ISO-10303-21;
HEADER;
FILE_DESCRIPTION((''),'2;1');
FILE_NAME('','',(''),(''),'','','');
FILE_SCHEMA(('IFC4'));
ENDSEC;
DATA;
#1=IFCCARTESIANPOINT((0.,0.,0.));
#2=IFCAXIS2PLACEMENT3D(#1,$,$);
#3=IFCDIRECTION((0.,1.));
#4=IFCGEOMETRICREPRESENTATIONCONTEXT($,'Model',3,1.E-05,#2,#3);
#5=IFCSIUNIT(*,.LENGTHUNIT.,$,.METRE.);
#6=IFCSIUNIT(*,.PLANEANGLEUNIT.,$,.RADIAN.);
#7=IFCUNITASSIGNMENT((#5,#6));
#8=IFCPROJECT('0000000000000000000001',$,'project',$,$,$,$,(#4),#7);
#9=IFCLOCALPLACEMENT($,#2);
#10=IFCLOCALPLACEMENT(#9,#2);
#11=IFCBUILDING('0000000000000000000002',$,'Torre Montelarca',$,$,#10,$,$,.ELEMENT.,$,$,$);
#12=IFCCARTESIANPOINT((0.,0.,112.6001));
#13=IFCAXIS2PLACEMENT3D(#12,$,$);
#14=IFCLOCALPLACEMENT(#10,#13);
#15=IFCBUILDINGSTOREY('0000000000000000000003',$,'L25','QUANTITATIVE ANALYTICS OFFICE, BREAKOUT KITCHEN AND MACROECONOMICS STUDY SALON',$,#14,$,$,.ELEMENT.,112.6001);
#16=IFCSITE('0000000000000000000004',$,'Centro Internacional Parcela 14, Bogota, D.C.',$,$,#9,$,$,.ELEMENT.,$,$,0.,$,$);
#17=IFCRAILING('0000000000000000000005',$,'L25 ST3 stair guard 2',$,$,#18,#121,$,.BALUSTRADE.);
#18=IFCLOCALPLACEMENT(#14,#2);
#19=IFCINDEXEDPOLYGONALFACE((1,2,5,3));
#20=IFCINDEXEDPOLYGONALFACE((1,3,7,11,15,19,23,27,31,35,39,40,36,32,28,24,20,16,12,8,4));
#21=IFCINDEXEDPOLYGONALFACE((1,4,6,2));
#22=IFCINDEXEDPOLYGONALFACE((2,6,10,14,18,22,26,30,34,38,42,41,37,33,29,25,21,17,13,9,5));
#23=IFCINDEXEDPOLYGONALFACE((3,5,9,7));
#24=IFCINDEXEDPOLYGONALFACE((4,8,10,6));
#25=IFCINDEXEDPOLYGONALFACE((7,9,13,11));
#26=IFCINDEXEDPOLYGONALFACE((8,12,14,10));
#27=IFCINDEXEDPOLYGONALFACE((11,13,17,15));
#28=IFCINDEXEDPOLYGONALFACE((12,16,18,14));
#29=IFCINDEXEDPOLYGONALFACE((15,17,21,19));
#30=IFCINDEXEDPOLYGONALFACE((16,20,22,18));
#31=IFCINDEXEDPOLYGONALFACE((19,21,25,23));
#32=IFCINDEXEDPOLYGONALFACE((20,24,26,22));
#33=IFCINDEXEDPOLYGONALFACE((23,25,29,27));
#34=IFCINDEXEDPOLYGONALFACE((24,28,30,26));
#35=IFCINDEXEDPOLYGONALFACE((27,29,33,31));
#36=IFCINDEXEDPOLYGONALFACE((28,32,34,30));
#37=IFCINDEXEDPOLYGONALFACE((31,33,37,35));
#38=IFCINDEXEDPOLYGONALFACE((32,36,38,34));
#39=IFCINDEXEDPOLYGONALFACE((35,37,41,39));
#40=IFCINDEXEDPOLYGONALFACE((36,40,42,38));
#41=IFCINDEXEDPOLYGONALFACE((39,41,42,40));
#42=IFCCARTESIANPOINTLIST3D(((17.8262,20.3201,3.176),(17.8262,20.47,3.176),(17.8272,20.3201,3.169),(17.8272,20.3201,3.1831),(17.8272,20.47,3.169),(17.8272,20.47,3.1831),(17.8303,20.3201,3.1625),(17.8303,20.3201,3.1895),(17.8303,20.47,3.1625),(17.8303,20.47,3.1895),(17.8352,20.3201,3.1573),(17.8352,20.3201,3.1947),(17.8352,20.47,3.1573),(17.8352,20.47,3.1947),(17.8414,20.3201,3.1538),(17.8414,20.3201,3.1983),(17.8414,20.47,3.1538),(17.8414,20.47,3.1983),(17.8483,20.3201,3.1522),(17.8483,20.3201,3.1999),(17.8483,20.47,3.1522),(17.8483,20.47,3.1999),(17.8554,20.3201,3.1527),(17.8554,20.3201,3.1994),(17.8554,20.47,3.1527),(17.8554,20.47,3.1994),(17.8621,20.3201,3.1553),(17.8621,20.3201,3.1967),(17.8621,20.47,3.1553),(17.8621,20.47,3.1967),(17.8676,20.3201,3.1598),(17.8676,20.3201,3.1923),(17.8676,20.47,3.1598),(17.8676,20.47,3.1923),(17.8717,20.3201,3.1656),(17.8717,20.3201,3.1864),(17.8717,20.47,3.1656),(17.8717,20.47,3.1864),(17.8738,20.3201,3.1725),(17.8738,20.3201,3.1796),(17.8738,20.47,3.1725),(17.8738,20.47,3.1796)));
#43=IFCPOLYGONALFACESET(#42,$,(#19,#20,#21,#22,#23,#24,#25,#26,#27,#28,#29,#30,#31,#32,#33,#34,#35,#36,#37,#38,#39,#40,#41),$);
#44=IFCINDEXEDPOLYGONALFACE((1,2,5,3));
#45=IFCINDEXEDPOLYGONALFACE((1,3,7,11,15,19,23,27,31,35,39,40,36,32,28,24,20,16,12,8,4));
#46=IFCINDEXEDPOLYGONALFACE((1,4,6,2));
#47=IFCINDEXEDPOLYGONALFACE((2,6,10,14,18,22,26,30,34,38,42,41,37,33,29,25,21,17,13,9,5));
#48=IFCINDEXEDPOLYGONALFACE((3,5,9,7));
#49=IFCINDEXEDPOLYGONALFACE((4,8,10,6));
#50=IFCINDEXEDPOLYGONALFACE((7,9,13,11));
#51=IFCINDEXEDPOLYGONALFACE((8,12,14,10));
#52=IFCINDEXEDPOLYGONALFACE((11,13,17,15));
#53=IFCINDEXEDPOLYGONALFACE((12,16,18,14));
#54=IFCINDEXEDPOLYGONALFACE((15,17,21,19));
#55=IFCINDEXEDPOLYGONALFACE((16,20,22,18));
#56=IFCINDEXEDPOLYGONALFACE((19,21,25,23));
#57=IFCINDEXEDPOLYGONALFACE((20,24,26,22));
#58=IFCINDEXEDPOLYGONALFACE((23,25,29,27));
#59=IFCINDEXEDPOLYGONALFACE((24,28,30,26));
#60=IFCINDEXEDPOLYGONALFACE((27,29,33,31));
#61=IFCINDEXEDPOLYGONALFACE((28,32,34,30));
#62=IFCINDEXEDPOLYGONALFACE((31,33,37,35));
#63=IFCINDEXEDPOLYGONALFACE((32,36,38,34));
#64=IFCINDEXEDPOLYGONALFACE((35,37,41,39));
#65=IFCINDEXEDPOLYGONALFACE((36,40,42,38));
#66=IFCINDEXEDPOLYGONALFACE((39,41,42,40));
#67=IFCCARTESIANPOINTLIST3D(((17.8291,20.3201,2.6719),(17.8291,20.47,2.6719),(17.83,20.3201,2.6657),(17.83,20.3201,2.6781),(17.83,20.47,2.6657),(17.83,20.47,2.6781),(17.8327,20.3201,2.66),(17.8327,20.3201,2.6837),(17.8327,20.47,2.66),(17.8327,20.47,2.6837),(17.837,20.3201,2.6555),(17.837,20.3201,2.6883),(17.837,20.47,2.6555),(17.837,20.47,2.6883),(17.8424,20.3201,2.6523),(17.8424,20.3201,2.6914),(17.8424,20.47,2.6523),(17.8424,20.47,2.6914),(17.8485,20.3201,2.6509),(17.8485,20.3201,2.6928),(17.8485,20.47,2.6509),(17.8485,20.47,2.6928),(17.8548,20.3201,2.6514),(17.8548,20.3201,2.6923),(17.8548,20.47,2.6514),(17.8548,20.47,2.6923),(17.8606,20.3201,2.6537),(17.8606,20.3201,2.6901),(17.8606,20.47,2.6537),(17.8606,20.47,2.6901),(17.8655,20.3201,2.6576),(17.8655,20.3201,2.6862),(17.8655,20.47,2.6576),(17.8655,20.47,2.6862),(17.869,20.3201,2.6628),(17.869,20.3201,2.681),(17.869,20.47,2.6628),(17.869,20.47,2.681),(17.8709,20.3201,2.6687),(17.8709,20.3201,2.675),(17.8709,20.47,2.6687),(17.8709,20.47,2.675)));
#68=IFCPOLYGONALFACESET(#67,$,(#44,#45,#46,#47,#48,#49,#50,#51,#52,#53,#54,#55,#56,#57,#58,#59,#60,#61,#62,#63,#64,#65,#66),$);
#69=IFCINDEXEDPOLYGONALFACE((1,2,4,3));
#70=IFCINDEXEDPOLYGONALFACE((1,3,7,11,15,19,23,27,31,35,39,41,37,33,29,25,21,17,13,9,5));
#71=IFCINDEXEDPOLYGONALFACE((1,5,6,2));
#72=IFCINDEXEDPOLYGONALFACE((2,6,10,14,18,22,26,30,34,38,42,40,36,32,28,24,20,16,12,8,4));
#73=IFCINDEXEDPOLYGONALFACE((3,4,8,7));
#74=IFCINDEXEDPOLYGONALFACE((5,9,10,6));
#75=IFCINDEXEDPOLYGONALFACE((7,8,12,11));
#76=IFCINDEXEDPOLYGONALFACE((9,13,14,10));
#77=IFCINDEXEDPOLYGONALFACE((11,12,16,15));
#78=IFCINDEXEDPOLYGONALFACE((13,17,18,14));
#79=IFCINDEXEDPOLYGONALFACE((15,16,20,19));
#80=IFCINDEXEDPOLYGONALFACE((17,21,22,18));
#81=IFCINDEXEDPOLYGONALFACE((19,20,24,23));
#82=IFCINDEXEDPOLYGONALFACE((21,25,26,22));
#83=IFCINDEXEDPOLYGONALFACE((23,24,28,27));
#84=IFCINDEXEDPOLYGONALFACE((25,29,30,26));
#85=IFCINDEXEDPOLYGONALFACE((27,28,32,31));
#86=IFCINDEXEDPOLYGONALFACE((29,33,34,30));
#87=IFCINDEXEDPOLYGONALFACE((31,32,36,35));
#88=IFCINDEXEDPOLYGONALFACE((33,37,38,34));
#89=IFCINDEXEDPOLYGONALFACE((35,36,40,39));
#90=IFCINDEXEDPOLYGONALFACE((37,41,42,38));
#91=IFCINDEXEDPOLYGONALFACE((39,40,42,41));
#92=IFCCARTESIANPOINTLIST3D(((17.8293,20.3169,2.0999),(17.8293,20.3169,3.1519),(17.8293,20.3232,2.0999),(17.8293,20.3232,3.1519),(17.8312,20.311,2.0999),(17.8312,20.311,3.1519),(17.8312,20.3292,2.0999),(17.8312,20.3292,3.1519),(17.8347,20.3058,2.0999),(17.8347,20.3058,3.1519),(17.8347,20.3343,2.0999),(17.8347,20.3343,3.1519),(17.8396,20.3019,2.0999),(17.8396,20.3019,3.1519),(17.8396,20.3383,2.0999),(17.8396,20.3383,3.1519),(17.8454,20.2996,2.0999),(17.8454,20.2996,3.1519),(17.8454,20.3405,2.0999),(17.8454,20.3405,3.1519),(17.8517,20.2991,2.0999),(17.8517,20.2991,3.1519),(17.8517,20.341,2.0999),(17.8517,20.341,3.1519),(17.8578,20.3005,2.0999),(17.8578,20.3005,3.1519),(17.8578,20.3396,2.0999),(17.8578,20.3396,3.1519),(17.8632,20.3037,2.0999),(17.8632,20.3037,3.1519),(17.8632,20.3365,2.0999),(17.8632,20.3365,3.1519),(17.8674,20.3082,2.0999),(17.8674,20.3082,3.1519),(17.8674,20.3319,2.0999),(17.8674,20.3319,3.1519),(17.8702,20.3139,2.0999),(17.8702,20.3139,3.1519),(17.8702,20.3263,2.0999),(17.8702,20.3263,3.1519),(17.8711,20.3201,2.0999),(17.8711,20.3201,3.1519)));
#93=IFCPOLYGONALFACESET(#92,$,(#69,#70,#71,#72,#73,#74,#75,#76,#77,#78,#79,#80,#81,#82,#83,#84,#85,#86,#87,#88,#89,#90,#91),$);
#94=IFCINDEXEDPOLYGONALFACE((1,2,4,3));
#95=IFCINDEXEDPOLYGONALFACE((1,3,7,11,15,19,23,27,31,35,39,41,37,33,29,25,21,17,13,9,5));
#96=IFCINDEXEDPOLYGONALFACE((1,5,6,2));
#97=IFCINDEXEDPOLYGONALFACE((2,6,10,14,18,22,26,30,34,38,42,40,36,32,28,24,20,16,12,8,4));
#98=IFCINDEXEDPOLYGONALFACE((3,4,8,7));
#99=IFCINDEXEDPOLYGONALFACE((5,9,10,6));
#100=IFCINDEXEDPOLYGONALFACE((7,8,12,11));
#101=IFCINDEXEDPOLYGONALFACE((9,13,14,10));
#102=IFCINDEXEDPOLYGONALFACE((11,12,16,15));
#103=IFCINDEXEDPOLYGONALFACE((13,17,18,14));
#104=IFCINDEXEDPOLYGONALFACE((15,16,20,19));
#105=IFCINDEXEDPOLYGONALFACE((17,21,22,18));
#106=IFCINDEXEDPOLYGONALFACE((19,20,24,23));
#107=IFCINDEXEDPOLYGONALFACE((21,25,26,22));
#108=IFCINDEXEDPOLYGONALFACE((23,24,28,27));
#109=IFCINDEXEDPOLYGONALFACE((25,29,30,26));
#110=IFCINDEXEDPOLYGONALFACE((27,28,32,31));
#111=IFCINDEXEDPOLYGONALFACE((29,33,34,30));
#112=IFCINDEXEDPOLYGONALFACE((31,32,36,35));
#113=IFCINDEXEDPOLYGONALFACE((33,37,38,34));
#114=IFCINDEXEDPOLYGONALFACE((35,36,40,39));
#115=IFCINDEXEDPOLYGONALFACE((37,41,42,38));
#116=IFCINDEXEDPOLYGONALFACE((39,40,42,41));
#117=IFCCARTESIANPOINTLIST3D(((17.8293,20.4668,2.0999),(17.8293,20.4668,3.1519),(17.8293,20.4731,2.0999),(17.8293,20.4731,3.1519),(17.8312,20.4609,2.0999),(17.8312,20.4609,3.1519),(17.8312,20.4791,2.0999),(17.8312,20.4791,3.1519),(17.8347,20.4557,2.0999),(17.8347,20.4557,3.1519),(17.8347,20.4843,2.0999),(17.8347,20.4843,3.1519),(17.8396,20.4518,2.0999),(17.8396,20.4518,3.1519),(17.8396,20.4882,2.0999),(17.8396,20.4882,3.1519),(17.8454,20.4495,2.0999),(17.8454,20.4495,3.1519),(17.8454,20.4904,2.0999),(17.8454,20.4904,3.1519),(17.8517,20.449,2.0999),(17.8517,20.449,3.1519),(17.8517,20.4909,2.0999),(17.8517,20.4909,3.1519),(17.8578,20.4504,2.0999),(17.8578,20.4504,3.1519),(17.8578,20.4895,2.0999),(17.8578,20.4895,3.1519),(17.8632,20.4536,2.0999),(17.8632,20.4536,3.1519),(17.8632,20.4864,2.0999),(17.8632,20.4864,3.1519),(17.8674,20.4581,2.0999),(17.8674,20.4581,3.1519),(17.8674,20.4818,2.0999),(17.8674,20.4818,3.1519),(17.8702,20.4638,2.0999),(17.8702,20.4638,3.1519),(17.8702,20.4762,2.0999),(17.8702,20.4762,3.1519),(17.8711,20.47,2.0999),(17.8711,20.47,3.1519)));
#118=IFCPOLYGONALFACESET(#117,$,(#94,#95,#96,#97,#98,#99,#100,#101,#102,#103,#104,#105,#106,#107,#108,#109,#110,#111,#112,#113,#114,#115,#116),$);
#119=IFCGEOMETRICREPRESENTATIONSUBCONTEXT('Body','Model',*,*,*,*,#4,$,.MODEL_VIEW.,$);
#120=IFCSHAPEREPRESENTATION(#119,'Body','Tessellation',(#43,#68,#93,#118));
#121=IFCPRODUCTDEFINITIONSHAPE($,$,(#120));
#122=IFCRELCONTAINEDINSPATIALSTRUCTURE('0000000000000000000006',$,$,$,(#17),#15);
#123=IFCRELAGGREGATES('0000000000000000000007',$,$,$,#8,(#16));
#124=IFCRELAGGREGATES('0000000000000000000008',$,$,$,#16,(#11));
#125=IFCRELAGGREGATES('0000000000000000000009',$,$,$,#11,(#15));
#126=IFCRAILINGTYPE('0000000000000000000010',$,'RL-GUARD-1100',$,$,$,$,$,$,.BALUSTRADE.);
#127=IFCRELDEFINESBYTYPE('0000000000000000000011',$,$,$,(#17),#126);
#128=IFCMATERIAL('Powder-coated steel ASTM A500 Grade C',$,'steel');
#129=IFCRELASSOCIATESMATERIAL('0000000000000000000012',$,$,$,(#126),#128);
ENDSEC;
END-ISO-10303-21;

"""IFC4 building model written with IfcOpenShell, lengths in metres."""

from ifc_helpers import new_model, si_unit, direction, frame, origin, origin_2d, place, context, subcontext, project, spatial, circle, extrude, material, type_object, element, save


model = new_model("IFC4")

# Units and contexts
model_context = context("Model", 3, precision=1e-05, world=origin(), true_north=direction((0.0, 1.0)))
body_context = subcontext(model_context, "Body", "Model", "MODEL_VIEW")
ifc_project = project(units=[si_unit("LENGTHUNIT", "METRE"), si_unit("PLANEANGLEUNIT", "RADIAN")], contexts=[model_context])

# Site, building, storey
site_placement = place(None, origin())
site = spatial("IfcSite", under=ifc_project, at=site_placement, Name="Centro Internacional Parcela 14, Bogota, D.C.", CompositionType="ELEMENT", RefElevation=0.0)
building_placement = place(site_placement, origin())
building = spatial("IfcBuilding", under=site, at=building_placement, Name="Torre Montelarca", CompositionType="ELEMENT")
storey_placement = place(building_placement, frame((0.0, 0.0, 112.6001)))
storey = spatial("IfcBuildingStorey", under=building, at=storey_placement, Name="L25", Description="QUANTITATIVE ANALYTICS OFFICE, BREAKOUT KITCHEN AND MACROECONOMICS STUDY SALON", CompositionType="ELEMENT", Elevation=112.6001)

# Railing
ifc_material_1 = material(Name="Powder-coated steel ASTM A500 Grade C", Category="steel")
railing_type_1 = type_object("IfcRailingType", Name="RL-GUARD-1100", PredefinedType="BALUSTRADE", material=ifc_material_1)
railing_1_placement = place(storey_placement, frame((17.8501, 20.3201, 2.0999)))
element("IfcRailing", 1, at=railing_1_placement, inside=storey, type_object=railing_type_1, Name="L25 ST3 stair guard 2", PredefinedType="BALUSTRADE", context=body_context, shape_type="SweptSolid", body=[
    extrude(circle(Radius=0.0239, at=origin_2d()), frame((0.0, 0.0, 1.0762), z_axis=(0.0, 1.0, 0.0), x_axis=(-1.0, 0.0, 0.0)), (0.0, 0.0, 1.0), 0.1499),
    extrude(circle(Radius=0.021, at=origin_2d()), frame((0.0, 0.0, 0.572), z_axis=(0.0, 1.0, 0.0), x_axis=(-1.0, 0.0, 0.0)), (0.0, 0.0, 1.0), 0.1499),
    extrude(circle(Radius=0.021, at=origin_2d()), origin(), (0.0, 0.0, 1.0), 1.052),
    extrude(circle(Radius=0.021, at=origin_2d()), frame((0.0, 0.1499, 0.0)), (0.0, 0.0, 1.0), 1.052),
])

save(model, "model.ifc")
